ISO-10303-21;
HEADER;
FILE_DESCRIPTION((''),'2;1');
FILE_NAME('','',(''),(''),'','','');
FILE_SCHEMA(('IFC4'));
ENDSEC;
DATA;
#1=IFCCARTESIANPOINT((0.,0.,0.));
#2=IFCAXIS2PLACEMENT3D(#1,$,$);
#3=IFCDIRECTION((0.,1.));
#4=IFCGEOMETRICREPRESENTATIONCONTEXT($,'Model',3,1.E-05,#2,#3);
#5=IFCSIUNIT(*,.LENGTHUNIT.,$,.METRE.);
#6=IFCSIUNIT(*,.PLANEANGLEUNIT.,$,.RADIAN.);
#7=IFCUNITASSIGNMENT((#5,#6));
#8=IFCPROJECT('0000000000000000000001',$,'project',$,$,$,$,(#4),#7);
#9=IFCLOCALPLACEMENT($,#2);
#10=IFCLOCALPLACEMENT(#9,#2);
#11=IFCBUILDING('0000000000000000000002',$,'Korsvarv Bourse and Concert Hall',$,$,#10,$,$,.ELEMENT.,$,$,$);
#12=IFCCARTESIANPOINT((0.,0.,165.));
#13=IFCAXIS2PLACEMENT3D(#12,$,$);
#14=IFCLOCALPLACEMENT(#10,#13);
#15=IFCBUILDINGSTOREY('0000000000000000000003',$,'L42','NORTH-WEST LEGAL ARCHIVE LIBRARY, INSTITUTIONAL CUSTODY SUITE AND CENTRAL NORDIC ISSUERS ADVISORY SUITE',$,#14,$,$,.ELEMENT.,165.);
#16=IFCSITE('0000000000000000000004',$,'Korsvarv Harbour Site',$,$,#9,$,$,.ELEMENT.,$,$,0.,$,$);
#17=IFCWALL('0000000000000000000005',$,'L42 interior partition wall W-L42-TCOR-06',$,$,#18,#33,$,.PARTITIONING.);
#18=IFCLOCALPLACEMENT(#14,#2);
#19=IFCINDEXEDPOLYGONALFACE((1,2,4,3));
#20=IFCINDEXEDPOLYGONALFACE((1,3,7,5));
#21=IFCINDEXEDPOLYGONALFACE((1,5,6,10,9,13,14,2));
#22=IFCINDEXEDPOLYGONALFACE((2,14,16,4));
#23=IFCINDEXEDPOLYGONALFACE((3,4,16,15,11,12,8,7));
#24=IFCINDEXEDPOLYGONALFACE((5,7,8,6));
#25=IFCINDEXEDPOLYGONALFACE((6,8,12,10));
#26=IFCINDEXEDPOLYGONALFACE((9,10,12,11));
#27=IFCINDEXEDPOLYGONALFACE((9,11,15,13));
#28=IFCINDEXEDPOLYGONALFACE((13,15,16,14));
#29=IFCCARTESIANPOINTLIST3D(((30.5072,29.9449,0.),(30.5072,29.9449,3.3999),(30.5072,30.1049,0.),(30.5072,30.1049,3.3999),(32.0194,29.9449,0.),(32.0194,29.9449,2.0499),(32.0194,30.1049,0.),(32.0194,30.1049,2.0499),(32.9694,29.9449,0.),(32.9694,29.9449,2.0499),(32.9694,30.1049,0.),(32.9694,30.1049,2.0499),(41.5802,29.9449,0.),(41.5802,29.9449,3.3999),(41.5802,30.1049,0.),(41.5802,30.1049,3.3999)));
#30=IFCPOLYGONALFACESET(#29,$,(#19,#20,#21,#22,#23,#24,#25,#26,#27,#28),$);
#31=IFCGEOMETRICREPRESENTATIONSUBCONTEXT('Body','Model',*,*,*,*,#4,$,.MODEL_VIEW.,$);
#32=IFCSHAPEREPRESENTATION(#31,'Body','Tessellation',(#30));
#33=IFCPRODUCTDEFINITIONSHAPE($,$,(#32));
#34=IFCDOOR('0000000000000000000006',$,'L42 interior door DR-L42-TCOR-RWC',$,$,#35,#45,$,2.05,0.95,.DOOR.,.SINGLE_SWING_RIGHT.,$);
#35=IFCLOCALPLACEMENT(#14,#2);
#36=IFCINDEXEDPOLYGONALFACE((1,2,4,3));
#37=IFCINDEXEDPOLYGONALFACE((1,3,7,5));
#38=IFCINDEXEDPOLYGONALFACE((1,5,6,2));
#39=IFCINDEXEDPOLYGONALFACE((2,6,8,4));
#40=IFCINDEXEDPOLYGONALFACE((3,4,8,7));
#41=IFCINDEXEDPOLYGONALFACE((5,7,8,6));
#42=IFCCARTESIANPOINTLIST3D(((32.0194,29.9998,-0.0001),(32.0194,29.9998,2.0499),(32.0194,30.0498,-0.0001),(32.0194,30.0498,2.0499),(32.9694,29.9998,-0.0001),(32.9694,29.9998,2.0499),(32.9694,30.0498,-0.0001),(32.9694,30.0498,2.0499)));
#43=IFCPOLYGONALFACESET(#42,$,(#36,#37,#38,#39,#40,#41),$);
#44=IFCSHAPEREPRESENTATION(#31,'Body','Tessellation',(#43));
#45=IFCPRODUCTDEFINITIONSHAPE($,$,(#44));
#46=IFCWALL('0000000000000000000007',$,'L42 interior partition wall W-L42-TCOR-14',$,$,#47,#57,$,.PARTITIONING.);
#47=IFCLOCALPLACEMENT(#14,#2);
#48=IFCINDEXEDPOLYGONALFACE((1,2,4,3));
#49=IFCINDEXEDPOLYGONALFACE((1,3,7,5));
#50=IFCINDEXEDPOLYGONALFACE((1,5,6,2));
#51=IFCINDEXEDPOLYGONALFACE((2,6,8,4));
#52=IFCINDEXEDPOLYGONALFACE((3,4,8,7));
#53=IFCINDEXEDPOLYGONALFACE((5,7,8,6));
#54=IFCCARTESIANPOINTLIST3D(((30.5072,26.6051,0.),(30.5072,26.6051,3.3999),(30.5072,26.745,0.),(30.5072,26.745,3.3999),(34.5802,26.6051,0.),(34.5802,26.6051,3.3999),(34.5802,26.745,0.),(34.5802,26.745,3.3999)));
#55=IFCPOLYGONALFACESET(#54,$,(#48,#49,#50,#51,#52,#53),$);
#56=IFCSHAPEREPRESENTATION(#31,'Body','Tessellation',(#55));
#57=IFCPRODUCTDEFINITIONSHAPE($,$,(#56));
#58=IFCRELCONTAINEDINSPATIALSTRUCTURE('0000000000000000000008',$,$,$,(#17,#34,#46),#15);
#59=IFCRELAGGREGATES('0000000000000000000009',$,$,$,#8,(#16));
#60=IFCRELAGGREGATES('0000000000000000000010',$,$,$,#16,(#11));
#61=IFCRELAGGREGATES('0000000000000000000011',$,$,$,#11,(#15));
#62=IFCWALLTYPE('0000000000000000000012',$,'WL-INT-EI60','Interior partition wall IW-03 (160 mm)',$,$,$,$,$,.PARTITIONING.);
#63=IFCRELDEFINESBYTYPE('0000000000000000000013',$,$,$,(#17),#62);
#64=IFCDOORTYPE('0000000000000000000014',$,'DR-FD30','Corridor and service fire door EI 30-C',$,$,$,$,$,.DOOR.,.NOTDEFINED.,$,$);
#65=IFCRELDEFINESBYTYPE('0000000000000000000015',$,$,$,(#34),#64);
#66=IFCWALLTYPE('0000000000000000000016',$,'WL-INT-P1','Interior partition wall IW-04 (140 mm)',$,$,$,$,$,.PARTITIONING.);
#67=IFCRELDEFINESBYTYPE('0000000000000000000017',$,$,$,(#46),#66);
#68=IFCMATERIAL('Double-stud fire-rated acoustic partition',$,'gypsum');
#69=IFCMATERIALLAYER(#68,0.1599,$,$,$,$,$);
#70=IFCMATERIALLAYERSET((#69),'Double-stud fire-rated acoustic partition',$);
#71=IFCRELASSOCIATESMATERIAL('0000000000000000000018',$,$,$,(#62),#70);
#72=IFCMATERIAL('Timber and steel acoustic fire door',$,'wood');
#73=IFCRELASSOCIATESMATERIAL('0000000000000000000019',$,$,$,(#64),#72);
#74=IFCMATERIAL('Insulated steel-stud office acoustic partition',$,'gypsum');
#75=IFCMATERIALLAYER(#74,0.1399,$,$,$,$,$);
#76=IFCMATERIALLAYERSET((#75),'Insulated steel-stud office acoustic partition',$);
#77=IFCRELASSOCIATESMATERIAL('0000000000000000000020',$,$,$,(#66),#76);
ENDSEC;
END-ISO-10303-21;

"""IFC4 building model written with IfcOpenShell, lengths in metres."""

from ifc_helpers import new_model, si_unit, direction, frame, frame_2d, origin, place, context, subcontext, project, spatial, rectangle, extrude, material, layer, layer_set, type_object, element, fill, save


model = new_model("IFC4")

# Units and contexts
model_context = context("Model", 3, precision=1e-05, world=origin(), true_north=direction((0.0, 1.0)))
body_context = subcontext(model_context, "Body", "Model", "MODEL_VIEW")
ifc_project = project(units=[si_unit("LENGTHUNIT", "METRE"), si_unit("PLANEANGLEUNIT", "RADIAN")], contexts=[model_context])

# Site, building, storey
site_placement = place(None, origin())
site = spatial("IfcSite", under=ifc_project, at=site_placement, Name="Korsvarv Harbour Site", CompositionType="ELEMENT", RefElevation=0.0)
building_placement = place(site_placement, origin())
building = spatial("IfcBuilding", under=site, at=building_placement, Name="Korsvarv Bourse and Concert Hall", CompositionType="ELEMENT")
storey_placement = place(building_placement, frame((0.0, 0.0, 165.0)))
storey = spatial("IfcBuildingStorey", under=building, at=storey_placement, Name="L42", Description="NORTH-WEST LEGAL ARCHIVE LIBRARY, INSTITUTIONAL CUSTODY SUITE AND CENTRAL NORDIC ISSUERS ADVISORY SUITE", CompositionType="ELEMENT", Elevation=165.0)

# Wall, opening, door
ifc_material_1 = material(Name="Double-stud fire-rated acoustic partition", Category="gypsum")
ifc_layer_1 = layer(ifc_material_1, 0.1599)
ifc_layer_set_1 = layer_set([ifc_layer_1], Name="Double-stud fire-rated acoustic partition")
wall_type_1 = type_object("IfcWallType", Name="WL-INT-EI60", Description="Interior partition wall IW-03 (160 mm)", PredefinedType="PARTITIONING", material=ifc_layer_set_1)
ifc_material_2 = material(Name="Timber and steel acoustic fire door", Category="wood")
door_type = type_object("IfcDoorType", Name="DR-FD30", Description="Corridor and service fire door EI 30-C", OperationType="NOTDEFINED", PredefinedType="DOOR", material=ifc_material_2)
wall_1_placement = place(storey_placement, frame((30.5071, 30.0249, 0.0), z_axis=(0.0, 0.0, 1.0), x_axis=(1.0, 0.0, 0.0)))
wall_1 = element("IfcWall", 1, at=wall_1_placement, inside=storey, type_object=wall_type_1, Name="L42 interior partition wall W-L42-TCOR-06", PredefinedType="PARTITIONING", context=body_context, shape_type="SweptSolid", body=[
    extrude(rectangle(XDim=11.073, YDim=0.1599, at=frame_2d((5.5366, 0.0))), origin(), (0.0, 0.0, 1.0), 3.3999),
])
opening_1_placement = place(wall_1_placement, frame((1.5122, 0.0, 0.0)))
opening_1 = element("IfcOpeningElement", 2, at=opening_1_placement, cuts=wall_1, PredefinedType="OPENING", context=body_context, shape_type="SweptSolid", body=[
    extrude(rectangle(XDim=0.95, YDim=2.05, at=frame_2d((0.4751, 1.0249))), frame((0.0, 0.0898, 0.0), z_axis=(0.0, -1.0, 0.0), x_axis=(1.0, 0.0, 0.0)), (0.0, 0.0, 1.0), 0.1799),
])
door_1_placement = place(opening_1_placement, origin())
door_1 = element("IfcDoor", 3, at=door_1_placement, inside=storey, type_object=door_type, Name="L42 interior door DR-L42-TCOR-RWC", OperationType="SINGLE_SWING_RIGHT", OverallHeight=2.05, OverallWidth=0.95, PredefinedType="DOOR", context=body_context, shape_type="SweptSolid", body=[
    extrude(rectangle(XDim=0.95, YDim=2.05, at=frame_2d((0.4751, 1.0249))), frame((0.0, 0.0249, 0.0), z_axis=(0.0, -1.0, 0.0), x_axis=(1.0, 0.0, 0.0)), (0.0, 0.0, 1.0), 0.05),
])
fill(opening_1, door_1)

# Wall
ifc_material_3 = material(Name="Insulated steel-stud office acoustic partition", Category="gypsum")
ifc_layer_2 = layer(ifc_material_3, 0.1399)
ifc_layer_set_2 = layer_set([ifc_layer_2], Name="Insulated steel-stud office acoustic partition")
wall_type_2 = type_object("IfcWallType", Name="WL-INT-P1", Description="Interior partition wall IW-04 (140 mm)", PredefinedType="PARTITIONING", material=ifc_layer_set_2)
wall_2_placement = place(storey_placement, frame((30.5071, 26.675, 0.0), z_axis=(0.0, 0.0, 1.0), x_axis=(1.0, 0.0, 0.0)))
element("IfcWall", 4, at=wall_2_placement, inside=storey, type_object=wall_type_2, Name="L42 interior partition wall W-L42-TCOR-14", PredefinedType="PARTITIONING", context=body_context, shape_type="SweptSolid", body=[
    extrude(rectangle(XDim=4.073, YDim=0.1399, at=frame_2d((2.0366, 0.0))), origin(), (0.0, 0.0, 1.0), 3.3999),
])

save(model, "model.ifc")
